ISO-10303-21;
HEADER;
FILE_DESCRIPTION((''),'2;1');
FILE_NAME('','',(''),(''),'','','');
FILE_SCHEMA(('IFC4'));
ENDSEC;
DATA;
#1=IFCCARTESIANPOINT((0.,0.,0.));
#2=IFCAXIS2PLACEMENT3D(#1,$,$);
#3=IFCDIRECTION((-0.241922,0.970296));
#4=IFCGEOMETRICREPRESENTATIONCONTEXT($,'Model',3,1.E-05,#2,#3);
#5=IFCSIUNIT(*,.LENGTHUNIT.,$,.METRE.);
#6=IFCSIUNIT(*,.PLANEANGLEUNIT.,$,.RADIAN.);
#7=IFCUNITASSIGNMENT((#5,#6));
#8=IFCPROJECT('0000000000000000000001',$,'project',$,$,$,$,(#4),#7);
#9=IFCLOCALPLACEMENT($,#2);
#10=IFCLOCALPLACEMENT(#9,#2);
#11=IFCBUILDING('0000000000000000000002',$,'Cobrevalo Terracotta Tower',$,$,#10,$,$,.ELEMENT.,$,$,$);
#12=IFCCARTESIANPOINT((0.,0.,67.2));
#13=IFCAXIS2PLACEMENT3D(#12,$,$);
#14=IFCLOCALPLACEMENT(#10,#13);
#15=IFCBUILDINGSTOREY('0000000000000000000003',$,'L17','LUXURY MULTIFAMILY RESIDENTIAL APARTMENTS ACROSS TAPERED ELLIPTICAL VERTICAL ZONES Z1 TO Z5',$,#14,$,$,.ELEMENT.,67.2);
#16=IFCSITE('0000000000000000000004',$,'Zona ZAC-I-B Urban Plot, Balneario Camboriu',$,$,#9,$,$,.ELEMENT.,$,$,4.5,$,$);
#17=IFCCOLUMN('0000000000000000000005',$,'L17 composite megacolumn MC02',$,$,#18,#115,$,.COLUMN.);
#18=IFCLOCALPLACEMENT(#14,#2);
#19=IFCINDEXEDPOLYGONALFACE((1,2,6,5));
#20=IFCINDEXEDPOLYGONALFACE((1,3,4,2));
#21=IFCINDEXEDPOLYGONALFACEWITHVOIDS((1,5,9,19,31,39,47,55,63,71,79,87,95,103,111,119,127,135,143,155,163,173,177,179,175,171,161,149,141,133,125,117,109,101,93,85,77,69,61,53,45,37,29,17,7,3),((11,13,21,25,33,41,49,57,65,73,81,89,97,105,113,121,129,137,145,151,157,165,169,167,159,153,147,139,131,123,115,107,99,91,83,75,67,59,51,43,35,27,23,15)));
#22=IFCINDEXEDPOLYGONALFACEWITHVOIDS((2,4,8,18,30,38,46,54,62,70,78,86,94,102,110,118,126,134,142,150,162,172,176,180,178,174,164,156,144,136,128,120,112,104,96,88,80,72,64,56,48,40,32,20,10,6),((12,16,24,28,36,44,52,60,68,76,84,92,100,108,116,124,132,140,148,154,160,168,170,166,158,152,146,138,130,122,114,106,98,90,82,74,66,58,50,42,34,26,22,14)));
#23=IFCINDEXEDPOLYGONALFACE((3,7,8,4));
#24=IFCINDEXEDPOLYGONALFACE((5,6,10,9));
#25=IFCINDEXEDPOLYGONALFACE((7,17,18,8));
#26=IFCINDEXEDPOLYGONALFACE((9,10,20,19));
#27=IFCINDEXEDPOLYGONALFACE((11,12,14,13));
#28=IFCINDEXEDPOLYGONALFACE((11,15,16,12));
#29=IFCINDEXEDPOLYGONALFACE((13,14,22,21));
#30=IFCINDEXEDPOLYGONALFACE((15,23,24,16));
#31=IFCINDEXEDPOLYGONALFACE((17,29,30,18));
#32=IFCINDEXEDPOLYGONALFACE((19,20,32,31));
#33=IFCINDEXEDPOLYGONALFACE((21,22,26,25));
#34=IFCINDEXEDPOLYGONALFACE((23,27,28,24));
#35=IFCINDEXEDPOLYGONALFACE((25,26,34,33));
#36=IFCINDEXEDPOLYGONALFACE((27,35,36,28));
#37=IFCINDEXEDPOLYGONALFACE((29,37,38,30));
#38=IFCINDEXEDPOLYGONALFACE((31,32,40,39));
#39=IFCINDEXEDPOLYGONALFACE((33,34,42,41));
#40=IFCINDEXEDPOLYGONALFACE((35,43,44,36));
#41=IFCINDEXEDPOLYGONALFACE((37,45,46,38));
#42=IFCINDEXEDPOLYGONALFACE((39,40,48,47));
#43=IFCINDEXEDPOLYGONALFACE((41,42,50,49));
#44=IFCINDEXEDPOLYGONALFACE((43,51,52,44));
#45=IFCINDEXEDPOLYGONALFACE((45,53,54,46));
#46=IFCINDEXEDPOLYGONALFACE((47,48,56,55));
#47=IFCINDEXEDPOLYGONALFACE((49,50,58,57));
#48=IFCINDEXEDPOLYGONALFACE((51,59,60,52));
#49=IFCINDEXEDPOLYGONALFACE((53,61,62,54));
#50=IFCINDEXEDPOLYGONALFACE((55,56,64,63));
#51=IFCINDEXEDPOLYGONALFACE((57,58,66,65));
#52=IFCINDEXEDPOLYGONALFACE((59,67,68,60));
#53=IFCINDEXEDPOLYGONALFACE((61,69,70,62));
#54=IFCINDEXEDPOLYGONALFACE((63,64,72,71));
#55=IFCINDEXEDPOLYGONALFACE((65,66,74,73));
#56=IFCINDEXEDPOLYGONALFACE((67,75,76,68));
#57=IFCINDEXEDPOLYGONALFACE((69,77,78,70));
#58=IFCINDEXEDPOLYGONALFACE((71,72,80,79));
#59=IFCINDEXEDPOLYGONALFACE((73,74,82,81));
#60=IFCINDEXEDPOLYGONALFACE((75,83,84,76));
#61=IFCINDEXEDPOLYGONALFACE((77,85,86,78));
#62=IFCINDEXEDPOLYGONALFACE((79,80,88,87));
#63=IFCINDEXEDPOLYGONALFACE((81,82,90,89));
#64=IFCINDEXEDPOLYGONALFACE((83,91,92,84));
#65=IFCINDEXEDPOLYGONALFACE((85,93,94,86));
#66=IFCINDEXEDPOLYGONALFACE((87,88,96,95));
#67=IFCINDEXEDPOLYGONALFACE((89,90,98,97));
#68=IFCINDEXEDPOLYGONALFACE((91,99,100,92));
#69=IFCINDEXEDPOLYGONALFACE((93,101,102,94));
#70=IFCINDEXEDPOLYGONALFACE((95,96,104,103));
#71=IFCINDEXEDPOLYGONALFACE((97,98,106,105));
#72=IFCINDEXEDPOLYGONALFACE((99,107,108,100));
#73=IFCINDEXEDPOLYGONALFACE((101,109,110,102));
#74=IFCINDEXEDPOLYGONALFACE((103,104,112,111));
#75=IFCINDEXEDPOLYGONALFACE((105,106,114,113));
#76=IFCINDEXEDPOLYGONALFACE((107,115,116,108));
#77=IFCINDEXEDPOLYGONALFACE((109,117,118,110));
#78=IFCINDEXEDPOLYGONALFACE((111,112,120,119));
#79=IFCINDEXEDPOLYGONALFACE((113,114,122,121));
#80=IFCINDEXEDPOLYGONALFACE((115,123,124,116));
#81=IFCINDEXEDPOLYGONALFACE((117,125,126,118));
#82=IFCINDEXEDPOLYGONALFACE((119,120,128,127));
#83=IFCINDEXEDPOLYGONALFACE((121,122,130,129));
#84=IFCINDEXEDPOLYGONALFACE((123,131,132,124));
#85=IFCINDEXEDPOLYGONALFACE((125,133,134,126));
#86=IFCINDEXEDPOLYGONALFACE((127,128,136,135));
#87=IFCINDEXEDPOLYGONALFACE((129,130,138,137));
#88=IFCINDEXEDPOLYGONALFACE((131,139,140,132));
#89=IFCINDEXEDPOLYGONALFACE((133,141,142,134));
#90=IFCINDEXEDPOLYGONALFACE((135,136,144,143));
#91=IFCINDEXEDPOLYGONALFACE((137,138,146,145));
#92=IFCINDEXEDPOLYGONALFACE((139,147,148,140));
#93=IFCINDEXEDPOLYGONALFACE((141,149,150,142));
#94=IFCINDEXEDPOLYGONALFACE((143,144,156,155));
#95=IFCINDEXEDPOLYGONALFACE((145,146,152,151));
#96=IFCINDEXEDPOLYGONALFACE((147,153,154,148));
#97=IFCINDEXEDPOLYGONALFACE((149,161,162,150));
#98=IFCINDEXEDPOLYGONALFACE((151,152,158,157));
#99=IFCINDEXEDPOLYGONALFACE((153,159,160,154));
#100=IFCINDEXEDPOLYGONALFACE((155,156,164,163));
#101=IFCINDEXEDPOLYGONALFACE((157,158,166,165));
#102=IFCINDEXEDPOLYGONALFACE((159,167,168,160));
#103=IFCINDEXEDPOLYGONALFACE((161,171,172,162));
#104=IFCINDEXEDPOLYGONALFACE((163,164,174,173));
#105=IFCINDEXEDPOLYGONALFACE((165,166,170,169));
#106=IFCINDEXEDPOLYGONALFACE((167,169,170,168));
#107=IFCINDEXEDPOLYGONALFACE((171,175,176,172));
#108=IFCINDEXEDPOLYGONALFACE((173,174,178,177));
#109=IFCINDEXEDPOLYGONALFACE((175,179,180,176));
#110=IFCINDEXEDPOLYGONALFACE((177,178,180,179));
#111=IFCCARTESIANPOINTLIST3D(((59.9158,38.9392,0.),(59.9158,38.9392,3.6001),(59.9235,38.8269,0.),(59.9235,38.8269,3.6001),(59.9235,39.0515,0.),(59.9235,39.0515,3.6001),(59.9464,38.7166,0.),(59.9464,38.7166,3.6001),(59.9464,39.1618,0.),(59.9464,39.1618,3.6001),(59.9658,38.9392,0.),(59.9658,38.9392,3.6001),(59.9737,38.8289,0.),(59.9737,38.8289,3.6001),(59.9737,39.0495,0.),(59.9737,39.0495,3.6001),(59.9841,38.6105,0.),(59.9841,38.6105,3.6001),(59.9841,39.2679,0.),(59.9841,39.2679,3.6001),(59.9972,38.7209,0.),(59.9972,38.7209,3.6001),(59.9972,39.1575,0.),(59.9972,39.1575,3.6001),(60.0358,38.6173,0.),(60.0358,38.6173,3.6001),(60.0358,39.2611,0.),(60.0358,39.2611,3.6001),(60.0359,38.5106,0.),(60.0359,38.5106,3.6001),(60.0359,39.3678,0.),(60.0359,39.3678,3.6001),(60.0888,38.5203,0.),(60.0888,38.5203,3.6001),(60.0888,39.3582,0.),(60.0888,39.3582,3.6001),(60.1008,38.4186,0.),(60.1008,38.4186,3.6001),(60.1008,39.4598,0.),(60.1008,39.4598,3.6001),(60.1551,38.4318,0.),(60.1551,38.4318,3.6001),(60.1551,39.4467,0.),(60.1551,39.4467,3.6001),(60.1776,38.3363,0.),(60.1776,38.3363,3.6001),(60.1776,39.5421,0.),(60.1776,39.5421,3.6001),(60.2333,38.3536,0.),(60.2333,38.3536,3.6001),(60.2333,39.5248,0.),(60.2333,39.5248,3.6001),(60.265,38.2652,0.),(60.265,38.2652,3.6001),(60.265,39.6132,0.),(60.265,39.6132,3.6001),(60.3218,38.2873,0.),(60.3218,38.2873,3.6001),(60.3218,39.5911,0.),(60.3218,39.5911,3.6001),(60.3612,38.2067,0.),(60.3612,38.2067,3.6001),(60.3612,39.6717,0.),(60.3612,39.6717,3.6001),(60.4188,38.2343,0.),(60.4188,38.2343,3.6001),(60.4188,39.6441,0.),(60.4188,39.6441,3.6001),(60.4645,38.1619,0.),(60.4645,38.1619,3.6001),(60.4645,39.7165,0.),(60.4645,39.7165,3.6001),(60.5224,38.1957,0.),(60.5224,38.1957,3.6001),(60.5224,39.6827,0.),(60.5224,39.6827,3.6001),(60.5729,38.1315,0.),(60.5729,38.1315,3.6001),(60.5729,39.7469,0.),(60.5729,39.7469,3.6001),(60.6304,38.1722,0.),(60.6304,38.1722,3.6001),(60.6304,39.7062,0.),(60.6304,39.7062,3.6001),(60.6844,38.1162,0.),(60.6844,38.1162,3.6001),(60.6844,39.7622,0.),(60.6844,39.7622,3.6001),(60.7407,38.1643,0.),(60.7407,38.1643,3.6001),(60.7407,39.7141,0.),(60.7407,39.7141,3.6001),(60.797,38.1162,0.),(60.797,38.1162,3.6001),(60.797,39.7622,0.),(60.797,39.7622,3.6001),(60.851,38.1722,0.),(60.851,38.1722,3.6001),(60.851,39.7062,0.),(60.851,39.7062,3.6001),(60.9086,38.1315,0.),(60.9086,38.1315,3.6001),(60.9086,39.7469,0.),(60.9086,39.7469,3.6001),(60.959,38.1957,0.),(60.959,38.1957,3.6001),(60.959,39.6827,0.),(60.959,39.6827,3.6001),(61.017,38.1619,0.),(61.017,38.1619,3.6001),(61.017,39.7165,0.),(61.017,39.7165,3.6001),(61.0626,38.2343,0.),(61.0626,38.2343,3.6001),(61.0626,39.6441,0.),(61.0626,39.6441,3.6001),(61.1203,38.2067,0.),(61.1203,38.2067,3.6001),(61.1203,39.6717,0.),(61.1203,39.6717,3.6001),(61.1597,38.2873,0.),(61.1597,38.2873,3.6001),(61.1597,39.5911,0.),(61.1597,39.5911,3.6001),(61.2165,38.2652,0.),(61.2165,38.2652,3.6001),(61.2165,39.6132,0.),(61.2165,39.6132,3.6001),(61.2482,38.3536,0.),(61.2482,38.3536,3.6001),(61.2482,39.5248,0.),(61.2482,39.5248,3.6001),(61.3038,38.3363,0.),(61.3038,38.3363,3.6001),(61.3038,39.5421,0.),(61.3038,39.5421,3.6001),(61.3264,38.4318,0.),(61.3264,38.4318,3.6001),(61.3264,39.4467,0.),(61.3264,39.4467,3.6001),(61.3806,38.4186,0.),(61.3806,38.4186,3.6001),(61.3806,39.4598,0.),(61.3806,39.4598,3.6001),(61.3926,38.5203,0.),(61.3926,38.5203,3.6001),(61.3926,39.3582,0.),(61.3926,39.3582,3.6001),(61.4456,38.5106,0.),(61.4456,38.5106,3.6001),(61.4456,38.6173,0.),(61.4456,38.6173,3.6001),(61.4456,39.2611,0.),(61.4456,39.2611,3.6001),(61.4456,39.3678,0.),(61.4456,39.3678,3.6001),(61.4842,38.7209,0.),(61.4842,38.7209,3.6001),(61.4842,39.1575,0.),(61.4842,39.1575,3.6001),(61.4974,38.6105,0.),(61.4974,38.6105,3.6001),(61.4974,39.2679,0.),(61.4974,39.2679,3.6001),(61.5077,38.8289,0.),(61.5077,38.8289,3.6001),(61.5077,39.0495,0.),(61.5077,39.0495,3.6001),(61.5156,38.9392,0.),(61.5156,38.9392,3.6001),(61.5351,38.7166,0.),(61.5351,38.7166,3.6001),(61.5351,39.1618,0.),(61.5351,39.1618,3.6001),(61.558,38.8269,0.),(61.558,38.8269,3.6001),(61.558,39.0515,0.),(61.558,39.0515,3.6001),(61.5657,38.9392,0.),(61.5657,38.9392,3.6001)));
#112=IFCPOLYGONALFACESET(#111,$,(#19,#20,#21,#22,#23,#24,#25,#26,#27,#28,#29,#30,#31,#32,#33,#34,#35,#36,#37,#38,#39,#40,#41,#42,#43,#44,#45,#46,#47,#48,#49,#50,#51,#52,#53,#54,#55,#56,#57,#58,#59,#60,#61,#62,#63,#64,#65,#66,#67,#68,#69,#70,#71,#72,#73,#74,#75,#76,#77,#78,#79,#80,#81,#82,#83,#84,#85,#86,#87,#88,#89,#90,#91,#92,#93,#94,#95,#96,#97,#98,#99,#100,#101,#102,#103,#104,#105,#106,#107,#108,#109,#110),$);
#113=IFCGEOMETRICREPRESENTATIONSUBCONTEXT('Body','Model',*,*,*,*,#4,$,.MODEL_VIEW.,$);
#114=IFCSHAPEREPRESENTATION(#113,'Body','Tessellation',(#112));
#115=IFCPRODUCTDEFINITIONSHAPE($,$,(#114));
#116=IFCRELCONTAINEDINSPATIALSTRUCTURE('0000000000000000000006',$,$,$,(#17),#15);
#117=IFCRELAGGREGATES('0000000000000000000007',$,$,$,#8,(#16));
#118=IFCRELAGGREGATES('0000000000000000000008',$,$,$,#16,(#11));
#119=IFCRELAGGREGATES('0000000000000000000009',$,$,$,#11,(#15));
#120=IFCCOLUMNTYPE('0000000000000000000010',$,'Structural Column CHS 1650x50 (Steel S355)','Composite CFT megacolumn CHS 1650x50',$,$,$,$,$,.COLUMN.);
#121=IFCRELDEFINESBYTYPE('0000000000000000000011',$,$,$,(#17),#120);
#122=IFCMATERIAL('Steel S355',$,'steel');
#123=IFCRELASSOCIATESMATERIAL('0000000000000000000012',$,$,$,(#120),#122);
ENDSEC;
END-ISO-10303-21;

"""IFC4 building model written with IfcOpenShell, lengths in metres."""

from ifc_helpers import new_model, si_unit, direction, frame, origin, origin_2d, place, context, subcontext, project, spatial, hollow_circle, extrude, material, material_profile, profile_set, type_object, element, save


model = new_model("IFC4")

# Units and contexts
model_context = context("Model", 3, precision=1e-05, world=origin(), true_north=direction((-0.241922, 0.970296)))
body_context = subcontext(model_context, "Body", "Model", "MODEL_VIEW")
ifc_project = project(units=[si_unit("LENGTHUNIT", "METRE"), si_unit("PLANEANGLEUNIT", "RADIAN")], contexts=[model_context])

# Site, building, storey
site_placement = place(None, origin())
site = spatial("IfcSite", under=ifc_project, at=site_placement, Name="Zona ZAC-I-B Urban Plot, Balneario Camboriu", CompositionType="ELEMENT", RefElevation=4.5)
building_placement = place(site_placement, origin())
building = spatial("IfcBuilding", under=site, at=building_placement, Name="Cobrevalo Terracotta Tower", CompositionType="ELEMENT")
storey_placement = place(building_placement, frame((0.0, 0.0, 67.2)))
storey = spatial("IfcBuildingStorey", under=building, at=storey_placement, Name="L17", Description="LUXURY MULTIFAMILY RESIDENTIAL APARTMENTS ACROSS TAPERED ELLIPTICAL VERTICAL ZONES Z1 TO Z5", CompositionType="ELEMENT", Elevation=67.2)

# Column
ifc_material_1 = material(Name="Steel S355", Category="steel")
ifc_material_profile_1 = material_profile(ifc_material_1, hollow_circle(Radius=0.825, WallThickness=0.05, at=origin_2d()), Name="CHS 1650x50")
ifc_profile_set_1 = profile_set([ifc_material_profile_1], Name="Steel S355")
column_type = type_object("IfcColumnType", Name="Structural Column CHS 1650x50 (Steel S355)", Description="Composite CFT megacolumn CHS 1650x50", PredefinedType="COLUMN", material=ifc_profile_set_1)
for number, where, z_axis, x_axis, name in (
    (1, (60.7407, 38.9392, 0.0), (0.0, 0.0, 1.0), (1.0, 0.0, 0.0), "L17 composite megacolumn MC02"),
):
    element("IfcColumn", number, at=place(storey_placement, frame(where, z_axis=z_axis, x_axis=x_axis)), inside=storey, type_object=column_type, Name=name, PredefinedType="COLUMN", context=body_context, shape_type="SweptSolid", body=[
        extrude(hollow_circle(Radius=0.825, WallThickness=0.05, at=origin_2d()), origin(), (0.0, 0.0, 1.0), 3.6001),
    ])

save(model, "model.ifc")
